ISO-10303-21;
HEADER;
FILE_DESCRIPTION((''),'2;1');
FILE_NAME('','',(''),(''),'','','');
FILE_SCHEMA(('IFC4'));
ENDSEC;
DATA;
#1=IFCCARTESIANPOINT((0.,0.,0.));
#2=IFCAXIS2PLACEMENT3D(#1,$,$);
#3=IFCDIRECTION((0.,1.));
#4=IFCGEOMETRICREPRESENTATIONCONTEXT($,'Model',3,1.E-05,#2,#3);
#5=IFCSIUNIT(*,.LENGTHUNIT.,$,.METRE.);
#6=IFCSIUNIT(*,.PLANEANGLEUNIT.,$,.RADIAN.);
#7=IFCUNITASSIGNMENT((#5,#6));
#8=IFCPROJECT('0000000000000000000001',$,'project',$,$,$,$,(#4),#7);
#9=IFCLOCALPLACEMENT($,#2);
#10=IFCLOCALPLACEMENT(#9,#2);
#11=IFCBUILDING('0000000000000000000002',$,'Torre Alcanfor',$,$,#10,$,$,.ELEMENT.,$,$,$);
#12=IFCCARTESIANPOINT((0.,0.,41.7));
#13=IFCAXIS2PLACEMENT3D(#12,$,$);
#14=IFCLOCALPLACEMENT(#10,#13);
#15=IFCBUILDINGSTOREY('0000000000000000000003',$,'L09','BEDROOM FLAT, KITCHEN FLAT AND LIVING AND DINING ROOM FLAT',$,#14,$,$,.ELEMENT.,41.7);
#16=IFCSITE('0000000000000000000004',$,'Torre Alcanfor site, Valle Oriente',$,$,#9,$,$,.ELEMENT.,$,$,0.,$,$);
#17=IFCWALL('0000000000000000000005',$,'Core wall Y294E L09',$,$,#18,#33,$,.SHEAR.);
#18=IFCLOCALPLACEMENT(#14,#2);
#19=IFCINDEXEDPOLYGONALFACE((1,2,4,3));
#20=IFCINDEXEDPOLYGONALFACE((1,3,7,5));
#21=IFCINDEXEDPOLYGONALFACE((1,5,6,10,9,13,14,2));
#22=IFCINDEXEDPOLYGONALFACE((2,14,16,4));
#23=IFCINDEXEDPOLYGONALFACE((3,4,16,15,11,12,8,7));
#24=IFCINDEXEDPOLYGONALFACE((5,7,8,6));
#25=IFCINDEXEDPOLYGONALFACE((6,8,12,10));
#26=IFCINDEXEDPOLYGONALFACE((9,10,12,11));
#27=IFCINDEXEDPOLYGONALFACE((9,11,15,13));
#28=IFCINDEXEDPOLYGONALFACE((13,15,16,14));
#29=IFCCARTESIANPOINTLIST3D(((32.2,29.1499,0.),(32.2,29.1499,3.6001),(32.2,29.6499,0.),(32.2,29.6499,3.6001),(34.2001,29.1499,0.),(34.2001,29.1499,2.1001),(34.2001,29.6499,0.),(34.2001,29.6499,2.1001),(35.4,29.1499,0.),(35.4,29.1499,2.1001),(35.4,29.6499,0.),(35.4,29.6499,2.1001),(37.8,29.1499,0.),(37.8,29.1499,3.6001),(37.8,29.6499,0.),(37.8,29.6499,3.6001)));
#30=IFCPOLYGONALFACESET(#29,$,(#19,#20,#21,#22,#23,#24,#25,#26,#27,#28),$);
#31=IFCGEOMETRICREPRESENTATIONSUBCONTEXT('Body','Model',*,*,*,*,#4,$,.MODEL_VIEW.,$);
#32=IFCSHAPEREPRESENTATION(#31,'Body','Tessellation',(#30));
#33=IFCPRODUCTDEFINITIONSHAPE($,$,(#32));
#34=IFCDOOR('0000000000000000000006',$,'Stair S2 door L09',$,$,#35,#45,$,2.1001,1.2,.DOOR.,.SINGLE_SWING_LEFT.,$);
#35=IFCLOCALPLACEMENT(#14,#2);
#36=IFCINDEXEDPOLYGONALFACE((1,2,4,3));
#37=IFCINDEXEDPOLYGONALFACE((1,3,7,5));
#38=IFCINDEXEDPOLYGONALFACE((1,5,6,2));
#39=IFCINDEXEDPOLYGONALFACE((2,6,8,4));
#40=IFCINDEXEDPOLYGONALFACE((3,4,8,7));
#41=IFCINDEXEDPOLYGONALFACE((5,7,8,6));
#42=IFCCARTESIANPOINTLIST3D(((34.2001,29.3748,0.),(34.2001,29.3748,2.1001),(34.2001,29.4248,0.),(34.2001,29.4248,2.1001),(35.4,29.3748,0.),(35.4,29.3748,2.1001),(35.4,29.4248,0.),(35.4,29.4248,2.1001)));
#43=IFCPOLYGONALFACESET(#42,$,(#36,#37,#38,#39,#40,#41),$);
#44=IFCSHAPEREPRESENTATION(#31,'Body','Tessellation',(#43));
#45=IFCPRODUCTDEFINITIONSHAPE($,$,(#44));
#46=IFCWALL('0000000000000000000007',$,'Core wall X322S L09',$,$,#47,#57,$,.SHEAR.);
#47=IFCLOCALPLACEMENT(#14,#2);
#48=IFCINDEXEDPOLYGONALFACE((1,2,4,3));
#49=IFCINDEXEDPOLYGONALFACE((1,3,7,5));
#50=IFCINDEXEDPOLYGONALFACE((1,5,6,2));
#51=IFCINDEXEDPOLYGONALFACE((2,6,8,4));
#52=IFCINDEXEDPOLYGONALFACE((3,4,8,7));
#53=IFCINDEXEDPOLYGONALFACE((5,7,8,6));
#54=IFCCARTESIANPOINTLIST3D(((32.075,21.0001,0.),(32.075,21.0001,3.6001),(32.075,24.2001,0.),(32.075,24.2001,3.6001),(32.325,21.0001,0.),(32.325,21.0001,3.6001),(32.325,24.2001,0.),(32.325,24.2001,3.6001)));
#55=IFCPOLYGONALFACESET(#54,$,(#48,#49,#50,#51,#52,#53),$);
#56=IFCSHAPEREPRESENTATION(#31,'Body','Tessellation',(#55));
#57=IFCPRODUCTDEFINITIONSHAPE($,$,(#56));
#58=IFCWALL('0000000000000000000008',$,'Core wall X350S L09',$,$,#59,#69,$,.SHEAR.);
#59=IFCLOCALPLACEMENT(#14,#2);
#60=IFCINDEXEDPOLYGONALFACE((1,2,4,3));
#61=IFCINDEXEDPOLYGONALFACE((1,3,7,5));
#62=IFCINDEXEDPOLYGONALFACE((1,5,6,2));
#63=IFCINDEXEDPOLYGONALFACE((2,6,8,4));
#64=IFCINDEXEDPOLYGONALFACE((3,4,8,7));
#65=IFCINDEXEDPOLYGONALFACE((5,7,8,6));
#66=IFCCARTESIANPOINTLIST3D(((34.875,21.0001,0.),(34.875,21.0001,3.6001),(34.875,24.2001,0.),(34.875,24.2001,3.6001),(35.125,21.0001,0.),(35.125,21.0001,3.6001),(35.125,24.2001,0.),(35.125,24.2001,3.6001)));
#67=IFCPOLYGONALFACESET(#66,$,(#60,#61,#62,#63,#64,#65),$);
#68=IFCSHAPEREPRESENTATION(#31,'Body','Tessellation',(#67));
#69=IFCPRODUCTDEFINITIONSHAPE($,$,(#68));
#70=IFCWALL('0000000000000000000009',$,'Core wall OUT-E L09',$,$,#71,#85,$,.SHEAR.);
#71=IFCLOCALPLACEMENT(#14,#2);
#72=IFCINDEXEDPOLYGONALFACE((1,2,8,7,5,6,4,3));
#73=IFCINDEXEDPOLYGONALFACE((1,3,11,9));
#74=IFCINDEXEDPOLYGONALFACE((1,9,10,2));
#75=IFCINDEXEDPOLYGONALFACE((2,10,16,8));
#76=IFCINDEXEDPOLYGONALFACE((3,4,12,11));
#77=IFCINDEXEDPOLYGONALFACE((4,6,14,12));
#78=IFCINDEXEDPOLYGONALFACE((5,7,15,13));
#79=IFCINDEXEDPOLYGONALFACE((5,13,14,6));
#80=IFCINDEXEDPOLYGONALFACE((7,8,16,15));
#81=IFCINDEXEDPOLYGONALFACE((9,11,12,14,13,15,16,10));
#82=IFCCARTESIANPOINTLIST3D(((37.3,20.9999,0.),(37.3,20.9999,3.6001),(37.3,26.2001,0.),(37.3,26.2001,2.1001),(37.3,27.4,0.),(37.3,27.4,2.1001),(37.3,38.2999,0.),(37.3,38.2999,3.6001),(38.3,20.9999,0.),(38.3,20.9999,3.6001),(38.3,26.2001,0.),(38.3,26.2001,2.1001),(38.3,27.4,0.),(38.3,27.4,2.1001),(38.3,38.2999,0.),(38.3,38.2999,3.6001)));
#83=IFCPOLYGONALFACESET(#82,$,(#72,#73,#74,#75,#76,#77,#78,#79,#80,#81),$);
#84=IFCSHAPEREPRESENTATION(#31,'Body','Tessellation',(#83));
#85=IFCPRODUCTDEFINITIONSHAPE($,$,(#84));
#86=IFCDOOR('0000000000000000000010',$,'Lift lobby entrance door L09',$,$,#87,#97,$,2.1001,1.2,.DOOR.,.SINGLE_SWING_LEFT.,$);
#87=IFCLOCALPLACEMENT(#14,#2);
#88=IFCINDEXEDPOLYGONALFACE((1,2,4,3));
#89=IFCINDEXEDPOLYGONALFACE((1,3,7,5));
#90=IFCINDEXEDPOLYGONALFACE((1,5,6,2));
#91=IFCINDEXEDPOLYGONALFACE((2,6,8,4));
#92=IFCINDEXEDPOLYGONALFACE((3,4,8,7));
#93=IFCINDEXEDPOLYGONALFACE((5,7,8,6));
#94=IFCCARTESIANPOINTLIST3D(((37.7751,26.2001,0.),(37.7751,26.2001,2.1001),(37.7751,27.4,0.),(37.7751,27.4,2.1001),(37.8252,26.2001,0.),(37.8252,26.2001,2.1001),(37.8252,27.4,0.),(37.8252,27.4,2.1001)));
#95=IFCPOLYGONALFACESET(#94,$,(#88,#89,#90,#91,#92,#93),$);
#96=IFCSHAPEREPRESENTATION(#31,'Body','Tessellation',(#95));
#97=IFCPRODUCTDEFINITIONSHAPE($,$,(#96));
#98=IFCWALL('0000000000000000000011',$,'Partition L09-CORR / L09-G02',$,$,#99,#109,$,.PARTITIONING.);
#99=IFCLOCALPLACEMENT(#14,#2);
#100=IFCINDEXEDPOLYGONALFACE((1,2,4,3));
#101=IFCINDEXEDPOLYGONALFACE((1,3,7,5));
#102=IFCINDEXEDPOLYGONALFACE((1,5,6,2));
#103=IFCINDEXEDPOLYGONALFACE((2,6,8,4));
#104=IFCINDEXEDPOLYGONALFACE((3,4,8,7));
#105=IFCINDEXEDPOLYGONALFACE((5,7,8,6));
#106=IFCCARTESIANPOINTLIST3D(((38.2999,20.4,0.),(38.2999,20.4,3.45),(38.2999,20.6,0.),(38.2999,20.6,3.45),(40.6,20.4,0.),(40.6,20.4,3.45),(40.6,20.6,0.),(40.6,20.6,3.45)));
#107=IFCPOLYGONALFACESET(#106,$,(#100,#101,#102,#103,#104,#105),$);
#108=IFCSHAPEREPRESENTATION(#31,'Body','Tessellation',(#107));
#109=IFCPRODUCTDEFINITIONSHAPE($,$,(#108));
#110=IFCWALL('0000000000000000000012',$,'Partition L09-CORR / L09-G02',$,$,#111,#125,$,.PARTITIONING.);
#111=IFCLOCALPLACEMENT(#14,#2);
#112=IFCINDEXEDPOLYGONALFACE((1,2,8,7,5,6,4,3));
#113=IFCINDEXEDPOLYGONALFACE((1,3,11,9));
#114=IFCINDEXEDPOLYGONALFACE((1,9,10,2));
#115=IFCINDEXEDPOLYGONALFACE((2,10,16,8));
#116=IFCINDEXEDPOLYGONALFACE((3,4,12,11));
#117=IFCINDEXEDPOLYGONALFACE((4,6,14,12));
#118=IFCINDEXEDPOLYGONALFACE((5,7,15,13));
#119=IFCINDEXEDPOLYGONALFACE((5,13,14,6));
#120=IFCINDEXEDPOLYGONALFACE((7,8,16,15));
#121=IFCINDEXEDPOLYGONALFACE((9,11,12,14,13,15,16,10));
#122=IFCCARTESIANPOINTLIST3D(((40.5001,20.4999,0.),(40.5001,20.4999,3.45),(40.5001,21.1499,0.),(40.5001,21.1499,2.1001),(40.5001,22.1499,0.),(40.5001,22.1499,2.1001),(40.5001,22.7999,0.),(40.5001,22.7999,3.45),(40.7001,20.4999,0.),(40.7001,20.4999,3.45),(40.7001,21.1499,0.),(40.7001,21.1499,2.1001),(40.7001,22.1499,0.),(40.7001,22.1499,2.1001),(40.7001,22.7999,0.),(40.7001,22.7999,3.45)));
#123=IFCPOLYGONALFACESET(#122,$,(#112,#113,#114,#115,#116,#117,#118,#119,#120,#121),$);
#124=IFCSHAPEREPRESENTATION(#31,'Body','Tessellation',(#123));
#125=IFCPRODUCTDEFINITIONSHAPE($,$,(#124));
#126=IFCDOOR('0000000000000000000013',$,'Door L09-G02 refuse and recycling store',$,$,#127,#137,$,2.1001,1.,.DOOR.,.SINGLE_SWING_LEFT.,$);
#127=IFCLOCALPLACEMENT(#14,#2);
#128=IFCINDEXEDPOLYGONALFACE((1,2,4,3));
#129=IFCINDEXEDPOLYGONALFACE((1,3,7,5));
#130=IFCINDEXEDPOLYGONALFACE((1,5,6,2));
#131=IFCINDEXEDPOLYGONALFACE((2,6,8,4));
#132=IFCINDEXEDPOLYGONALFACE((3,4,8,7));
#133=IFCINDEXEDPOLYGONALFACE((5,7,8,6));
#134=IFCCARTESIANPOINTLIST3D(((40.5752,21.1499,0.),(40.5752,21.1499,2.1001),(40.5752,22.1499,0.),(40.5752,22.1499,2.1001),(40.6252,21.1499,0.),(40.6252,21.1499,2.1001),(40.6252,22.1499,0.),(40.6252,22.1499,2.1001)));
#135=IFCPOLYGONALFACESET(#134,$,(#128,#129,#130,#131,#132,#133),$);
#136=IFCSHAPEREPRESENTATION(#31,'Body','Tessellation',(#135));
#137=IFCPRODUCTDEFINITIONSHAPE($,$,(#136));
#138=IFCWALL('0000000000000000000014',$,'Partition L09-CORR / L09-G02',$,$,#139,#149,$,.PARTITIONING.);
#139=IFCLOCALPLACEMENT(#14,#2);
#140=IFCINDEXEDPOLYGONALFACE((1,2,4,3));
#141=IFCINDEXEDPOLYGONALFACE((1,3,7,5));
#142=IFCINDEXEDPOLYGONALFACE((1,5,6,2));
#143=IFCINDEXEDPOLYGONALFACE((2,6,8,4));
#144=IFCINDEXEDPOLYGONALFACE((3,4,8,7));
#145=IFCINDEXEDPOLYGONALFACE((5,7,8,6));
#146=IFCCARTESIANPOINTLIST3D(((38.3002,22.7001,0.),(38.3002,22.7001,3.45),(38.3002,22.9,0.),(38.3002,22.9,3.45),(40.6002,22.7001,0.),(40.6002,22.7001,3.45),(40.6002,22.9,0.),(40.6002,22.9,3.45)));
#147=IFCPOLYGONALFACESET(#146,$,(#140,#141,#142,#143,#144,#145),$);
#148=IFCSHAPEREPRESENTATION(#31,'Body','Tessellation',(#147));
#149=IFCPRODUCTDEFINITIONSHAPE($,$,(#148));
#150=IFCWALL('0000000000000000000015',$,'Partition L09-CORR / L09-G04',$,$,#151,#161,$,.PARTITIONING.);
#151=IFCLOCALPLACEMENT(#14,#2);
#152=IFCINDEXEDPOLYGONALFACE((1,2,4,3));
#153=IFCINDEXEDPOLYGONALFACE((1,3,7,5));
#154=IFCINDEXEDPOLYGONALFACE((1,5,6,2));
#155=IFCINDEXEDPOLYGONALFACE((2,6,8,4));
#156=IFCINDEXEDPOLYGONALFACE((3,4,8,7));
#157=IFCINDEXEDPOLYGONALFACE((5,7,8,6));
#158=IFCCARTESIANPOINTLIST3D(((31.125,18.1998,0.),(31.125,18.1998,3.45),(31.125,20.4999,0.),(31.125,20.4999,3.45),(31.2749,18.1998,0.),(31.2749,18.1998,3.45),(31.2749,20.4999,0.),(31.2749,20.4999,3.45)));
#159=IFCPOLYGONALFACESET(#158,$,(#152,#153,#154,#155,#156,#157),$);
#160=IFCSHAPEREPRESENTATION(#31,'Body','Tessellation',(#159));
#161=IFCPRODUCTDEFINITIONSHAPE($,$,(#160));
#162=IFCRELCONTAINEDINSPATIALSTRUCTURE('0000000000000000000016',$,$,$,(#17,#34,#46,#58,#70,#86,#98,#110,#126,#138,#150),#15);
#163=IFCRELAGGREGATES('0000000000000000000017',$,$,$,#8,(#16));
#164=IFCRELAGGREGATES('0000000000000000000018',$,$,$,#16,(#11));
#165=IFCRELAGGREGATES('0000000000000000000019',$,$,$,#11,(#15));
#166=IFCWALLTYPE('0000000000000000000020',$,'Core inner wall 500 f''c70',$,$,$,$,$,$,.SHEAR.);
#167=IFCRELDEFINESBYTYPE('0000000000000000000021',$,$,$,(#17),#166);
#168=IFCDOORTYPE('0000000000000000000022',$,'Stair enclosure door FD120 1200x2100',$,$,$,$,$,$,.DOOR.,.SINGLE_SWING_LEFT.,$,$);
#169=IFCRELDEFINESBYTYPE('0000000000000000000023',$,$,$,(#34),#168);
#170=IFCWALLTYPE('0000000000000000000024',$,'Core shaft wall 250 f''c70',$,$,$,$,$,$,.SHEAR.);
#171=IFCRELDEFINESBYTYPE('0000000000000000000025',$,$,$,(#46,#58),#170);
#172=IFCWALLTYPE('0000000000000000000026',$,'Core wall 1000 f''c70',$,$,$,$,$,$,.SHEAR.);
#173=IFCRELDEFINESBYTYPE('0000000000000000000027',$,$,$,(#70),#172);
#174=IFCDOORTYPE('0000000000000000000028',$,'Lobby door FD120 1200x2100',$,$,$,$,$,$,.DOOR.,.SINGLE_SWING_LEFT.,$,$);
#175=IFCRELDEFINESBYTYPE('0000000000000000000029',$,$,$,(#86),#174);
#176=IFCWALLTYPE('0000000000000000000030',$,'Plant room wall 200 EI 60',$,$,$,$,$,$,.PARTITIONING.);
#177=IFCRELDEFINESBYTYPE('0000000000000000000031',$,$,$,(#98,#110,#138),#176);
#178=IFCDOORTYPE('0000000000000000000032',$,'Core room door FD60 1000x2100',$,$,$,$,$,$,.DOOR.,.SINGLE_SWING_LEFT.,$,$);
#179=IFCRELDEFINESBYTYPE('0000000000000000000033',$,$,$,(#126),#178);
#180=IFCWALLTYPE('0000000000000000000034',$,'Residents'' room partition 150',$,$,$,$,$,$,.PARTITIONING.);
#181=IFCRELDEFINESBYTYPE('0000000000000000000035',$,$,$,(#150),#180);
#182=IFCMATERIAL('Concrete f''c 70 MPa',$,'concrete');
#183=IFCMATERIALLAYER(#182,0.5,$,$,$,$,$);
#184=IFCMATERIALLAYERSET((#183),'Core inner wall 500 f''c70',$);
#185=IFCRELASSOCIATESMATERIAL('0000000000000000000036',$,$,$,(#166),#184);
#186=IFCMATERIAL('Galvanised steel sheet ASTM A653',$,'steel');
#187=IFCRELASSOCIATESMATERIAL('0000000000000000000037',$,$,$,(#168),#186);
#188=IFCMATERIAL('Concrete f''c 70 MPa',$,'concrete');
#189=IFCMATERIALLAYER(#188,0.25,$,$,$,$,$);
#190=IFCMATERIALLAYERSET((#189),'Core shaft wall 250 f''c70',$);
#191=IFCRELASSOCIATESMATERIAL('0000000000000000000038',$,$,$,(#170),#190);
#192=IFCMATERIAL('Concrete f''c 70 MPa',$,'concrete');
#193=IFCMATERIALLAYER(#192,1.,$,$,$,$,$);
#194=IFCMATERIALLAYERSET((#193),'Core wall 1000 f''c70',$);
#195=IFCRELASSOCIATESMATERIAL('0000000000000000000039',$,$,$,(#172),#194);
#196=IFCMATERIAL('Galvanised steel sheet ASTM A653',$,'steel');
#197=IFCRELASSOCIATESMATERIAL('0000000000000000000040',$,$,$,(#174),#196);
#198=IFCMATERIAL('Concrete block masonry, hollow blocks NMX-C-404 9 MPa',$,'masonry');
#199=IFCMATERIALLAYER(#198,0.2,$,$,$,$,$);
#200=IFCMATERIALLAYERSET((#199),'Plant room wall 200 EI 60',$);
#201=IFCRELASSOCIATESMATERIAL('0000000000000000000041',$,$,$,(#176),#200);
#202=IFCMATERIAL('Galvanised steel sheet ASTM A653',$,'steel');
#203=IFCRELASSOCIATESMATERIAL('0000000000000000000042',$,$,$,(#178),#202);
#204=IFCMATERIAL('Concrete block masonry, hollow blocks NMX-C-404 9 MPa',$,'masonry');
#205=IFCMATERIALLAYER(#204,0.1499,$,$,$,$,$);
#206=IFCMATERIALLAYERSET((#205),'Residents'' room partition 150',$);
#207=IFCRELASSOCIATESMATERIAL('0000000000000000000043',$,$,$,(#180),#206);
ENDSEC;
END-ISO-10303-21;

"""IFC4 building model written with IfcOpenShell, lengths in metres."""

from ifc_helpers import new_model, si_unit, direction, frame, frame_2d, origin, place, context, subcontext, project, spatial, rectangle, extrude, material, layer, layer_set, type_object, element, fill, save


model = new_model("IFC4")

# Units and contexts
model_context = context("Model", 3, precision=1e-05, world=origin(), true_north=direction((0.0, 1.0)))
body_context = subcontext(model_context, "Body", "Model", "MODEL_VIEW")
ifc_project = project(units=[si_unit("LENGTHUNIT", "METRE"), si_unit("PLANEANGLEUNIT", "RADIAN")], contexts=[model_context])

# Site, building, storey
site_placement = place(None, origin())
site = spatial("IfcSite", under=ifc_project, at=site_placement, Name="Torre Alcanfor site, Valle Oriente", CompositionType="ELEMENT", RefElevation=0.0)
building_placement = place(site_placement, origin())
building = spatial("IfcBuilding", under=site, at=building_placement, Name="Torre Alcanfor", CompositionType="ELEMENT")
storey_placement = place(building_placement, frame((0.0, 0.0, 41.7)))
storey = spatial("IfcBuildingStorey", under=building, at=storey_placement, Name="L09", Description="BEDROOM FLAT, KITCHEN FLAT AND LIVING AND DINING ROOM FLAT", CompositionType="ELEMENT", Elevation=41.7)

# Shared definitions
ifc_material_1 = material(Name="Concrete f'c 70 MPa", Category="concrete")
ifc_layer_1 = layer(ifc_material_1, 0.5)
ifc_layer_set_1 = layer_set([ifc_layer_1], Name="Core inner wall 500 f'c70")
wall_type_1 = type_object("IfcWallType", Name="Core inner wall 500 f'c70", PredefinedType="SHEAR", material=ifc_layer_set_1)

# Wall, opening, door
wall_1_placement = place(storey_placement, frame((32.2, 29.3999, 0.0), z_axis=(0.0, 0.0, 1.0), x_axis=(1.0, 0.0, 0.0)))
wall_1 = element("IfcWall", 1, at=wall_1_placement, inside=storey, type_object=wall_type_1, Name="Core wall Y294E L09", PredefinedType="SHEAR", context=body_context, shape_type="SweptSolid", body=[
    extrude(rectangle(XDim=5.6001, YDim=0.5, at=frame_2d((2.8, 0.0))), origin(), (0.0, 0.0, 1.0), 3.6001),
])
opening_1_placement = place(wall_1_placement, frame((2.0, 0.0, 0.0)))
opening_1 = element("IfcOpeningElement", 2, at=opening_1_placement, cuts=wall_1, PredefinedType="OPENING", context=body_context, shape_type="SweptSolid", body=[
    extrude(rectangle(XDim=1.2, YDim=2.1001, at=frame_2d((0.6001, 1.05))), frame((0.0, 0.26, 0.0), z_axis=(0.0, -1.0, 0.0), x_axis=(1.0, 0.0, 0.0)), (0.0, 0.0, 1.0), 0.52),
])
ifc_material_2 = material(Name="Galvanised steel sheet ASTM A653", Category="steel")
door_type_1 = type_object("IfcDoorType", Name="Stair enclosure door FD120 1200x2100", OperationType="SINGLE_SWING_LEFT", PredefinedType="DOOR", material=ifc_material_2)
door_1_placement = place(opening_1_placement, origin())
door_1 = element("IfcDoor", 3, at=door_1_placement, inside=storey, type_object=door_type_1, Name="Stair S2 door L09", OperationType="SINGLE_SWING_LEFT", OverallHeight=2.1001, OverallWidth=1.2, PredefinedType="DOOR", context=body_context, shape_type="SweptSolid", body=[
    extrude(rectangle(XDim=1.2, YDim=2.1001, at=frame_2d((0.6001, 1.05))), frame((0.0, 0.0249, 0.0), z_axis=(0.0, -1.0, 0.0), x_axis=(1.0, 0.0, 0.0)), (0.0, 0.0, 1.0), 0.05),
])
fill(opening_1, door_1)

# Walls
ifc_material_3 = material(Name="Concrete f'c 70 MPa", Category="concrete")
ifc_layer_2 = layer(ifc_material_3, 0.25)
ifc_layer_set_2 = layer_set([ifc_layer_2], Name="Core shaft wall 250 f'c70")
wall_type_2 = type_object("IfcWallType", Name="Core shaft wall 250 f'c70", PredefinedType="SHEAR", material=ifc_layer_set_2)
for number, where, z_axis, x_axis, name in (
    (4, (32.2, 21.0, 0.0), (0.0, 0.0, 1.0), (0.0, 1.0, 0.0), "Core wall X322S L09"),
    (5, (35.0, 21.0, 0.0), (0.0, 0.0, 1.0), (0.0, 1.0, 0.0), "Core wall X350S L09"),
):
    element("IfcWall", number, at=place(storey_placement, frame(where, z_axis=z_axis, x_axis=x_axis)), inside=storey, type_object=wall_type_2, Name=name, PredefinedType="SHEAR", context=body_context, shape_type="SweptSolid", body=[
        extrude(rectangle(XDim=3.2, YDim=0.25, at=frame_2d((1.6001, 0.0))), origin(), (0.0, 0.0, 1.0), 3.6001),
    ])

# Wall, opening, door
ifc_material_4 = material(Name="Concrete f'c 70 MPa", Category="concrete")
ifc_layer_3 = layer(ifc_material_4, 1.0)
ifc_layer_set_3 = layer_set([ifc_layer_3], Name="Core wall 1000 f'c70")
wall_type_3 = type_object("IfcWallType", Name="Core wall 1000 f'c70", PredefinedType="SHEAR", material=ifc_layer_set_3)
wall_2_placement = place(storey_placement, frame((37.8, 21.0, 0.0), z_axis=(0.0, 0.0, 1.0), x_axis=(0.0, 1.0, 0.0)))
wall_2 = element("IfcWall", 6, at=wall_2_placement, inside=storey, type_object=wall_type_3, Name="Core wall OUT-E L09", PredefinedType="SHEAR", context=body_context, shape_type="SweptSolid", body=[
    extrude(rectangle(XDim=17.3, YDim=1.0, at=frame_2d((8.6499, 0.0))), origin(), (0.0, 0.0, 1.0), 3.6001),
])
opening_2_placement = place(wall_2_placement, frame((5.2, 0.0, 0.0)))
opening_2 = element("IfcOpeningElement", 7, at=opening_2_placement, cuts=wall_2, PredefinedType="OPENING", context=body_context, shape_type="SweptSolid", body=[
    extrude(rectangle(XDim=1.2, YDim=2.1001, at=frame_2d((0.6001, 1.05))), frame((0.0, 0.51, 0.0), z_axis=(0.0, -1.0, 0.0), x_axis=(1.0, 0.0, 0.0)), (0.0, 0.0, 1.0), 1.02),
])
ifc_material_5 = material(Name="Galvanised steel sheet ASTM A653", Category="steel")
door_type_2 = type_object("IfcDoorType", Name="Lobby door FD120 1200x2100", OperationType="SINGLE_SWING_LEFT", PredefinedType="DOOR", material=ifc_material_5)
door_2_placement = place(opening_2_placement, origin())
door_2 = element("IfcDoor", 8, at=door_2_placement, inside=storey, type_object=door_type_2, Name="Lift lobby entrance door L09", OperationType="SINGLE_SWING_LEFT", OverallHeight=2.1001, OverallWidth=1.2, PredefinedType="DOOR", context=body_context, shape_type="SweptSolid", body=[
    extrude(rectangle(XDim=1.2, YDim=2.1001, at=frame_2d((0.6001, 1.05))), frame((0.0, 0.0249, 0.0), z_axis=(0.0, -1.0, 0.0), x_axis=(1.0, 0.0, 0.0)), (0.0, 0.0, 1.0), 0.05),
])
fill(opening_2, door_2)

# Wall
ifc_material_6 = material(Name="Concrete block masonry, hollow blocks NMX-C-404 9 MPa", Category="masonry")
ifc_layer_4 = layer(ifc_material_6, 0.2)
ifc_layer_set_4 = layer_set([ifc_layer_4], Name="Plant room wall 200 EI 60")
wall_type_4 = type_object("IfcWallType", Name="Plant room wall 200 EI 60", PredefinedType="PARTITIONING", material=ifc_layer_set_4)
wall_3_placement = place(storey_placement, frame((38.3, 20.5, 0.0), z_axis=(0.0, 0.0, 1.0), x_axis=(1.0, 0.0, 0.0)))
element("IfcWall", 9, at=wall_3_placement, inside=storey, type_object=wall_type_4, Name="Partition L09-CORR / L09-G02", PredefinedType="PARTITIONING", context=body_context, shape_type="SweptSolid", body=[
    extrude(rectangle(XDim=2.3, YDim=0.2, at=frame_2d((1.1499, 0.0))), origin(), (0.0, 0.0, 1.0), 3.45),
])

# Wall, opening, door
wall_4_placement = place(storey_placement, frame((40.6001, 20.5, 0.0), z_axis=(0.0, 0.0, 1.0), x_axis=(0.0, 1.0, 0.0)))
wall_4 = element("IfcWall", 10, at=wall_4_placement, inside=storey, type_object=wall_type_4, Name="Partition L09-CORR / L09-G02", PredefinedType="PARTITIONING", context=body_context, shape_type="SweptSolid", body=[
    extrude(rectangle(XDim=2.3, YDim=0.2, at=frame_2d((1.1499, 0.0))), origin(), (0.0, 0.0, 1.0), 3.45),
])
opening_3_placement = place(wall_4_placement, frame((0.6499, 0.0, 0.0)))
opening_3 = element("IfcOpeningElement", 11, at=opening_3_placement, cuts=wall_4, PredefinedType="OPENING", context=body_context, shape_type="SweptSolid", body=[
    extrude(rectangle(XDim=1.0, YDim=2.1001, at=frame_2d((0.5, 1.05))), frame((0.0, 0.1099, 0.0), z_axis=(0.0, -1.0, 0.0), x_axis=(1.0, 0.0, 0.0)), (0.0, 0.0, 1.0), 0.22),
])
ifc_material_7 = material(Name="Galvanised steel sheet ASTM A653", Category="steel")
door_type_3 = type_object("IfcDoorType", Name="Core room door FD60 1000x2100", OperationType="SINGLE_SWING_LEFT", PredefinedType="DOOR", material=ifc_material_7)
door_3_placement = place(opening_3_placement, origin())
door_3 = element("IfcDoor", 12, at=door_3_placement, inside=storey, type_object=door_type_3, Name="Door L09-G02 refuse and recycling store", OperationType="SINGLE_SWING_LEFT", OverallHeight=2.1001, OverallWidth=1.0, PredefinedType="DOOR", context=body_context, shape_type="SweptSolid", body=[
    extrude(rectangle(XDim=1.0, YDim=2.1001, at=frame_2d((0.5, 1.05))), frame((0.0, 0.0249, 0.0), z_axis=(0.0, -1.0, 0.0), x_axis=(1.0, 0.0, 0.0)), (0.0, 0.0, 1.0), 0.05),
])
fill(opening_3, door_3)

# Walls
wall_5_placement = place(storey_placement, frame((40.6001, 22.8, 0.0), z_axis=(0.0, 0.0, 1.0), x_axis=(-1.0, 0.0, 0.0)))
element("IfcWall", 13, at=wall_5_placement, inside=storey, type_object=wall_type_4, Name="Partition L09-CORR / L09-G02", PredefinedType="PARTITIONING", context=body_context, shape_type="SweptSolid", body=[
    extrude(rectangle(XDim=2.3, YDim=0.2, at=frame_2d((1.1499, 0.0))), origin(), (0.0, 0.0, 1.0), 3.45),
])
ifc_material_8 = material(Name="Concrete block masonry, hollow blocks NMX-C-404 9 MPa", Category="masonry")
ifc_layer_5 = layer(ifc_material_8, 0.1499)
ifc_layer_set_5 = layer_set([ifc_layer_5], Name="Residents' room partition 150")
wall_type_5 = type_object("IfcWallType", Name="Residents' room partition 150", PredefinedType="PARTITIONING", material=ifc_layer_set_5)
wall_6_placement = place(storey_placement, frame((31.2, 18.2, 0.0), z_axis=(0.0, 0.0, 1.0), x_axis=(0.0, 1.0, 0.0)))
element("IfcWall", 14, at=wall_6_placement, inside=storey, type_object=wall_type_5, Name="Partition L09-CORR / L09-G04", PredefinedType="PARTITIONING", context=body_context, shape_type="SweptSolid", body=[
    extrude(rectangle(XDim=2.3, YDim=0.1499, at=frame_2d((1.1499, 0.0))), origin(), (0.0, 0.0, 1.0), 3.45),
])

save(model, "model.ifc")
